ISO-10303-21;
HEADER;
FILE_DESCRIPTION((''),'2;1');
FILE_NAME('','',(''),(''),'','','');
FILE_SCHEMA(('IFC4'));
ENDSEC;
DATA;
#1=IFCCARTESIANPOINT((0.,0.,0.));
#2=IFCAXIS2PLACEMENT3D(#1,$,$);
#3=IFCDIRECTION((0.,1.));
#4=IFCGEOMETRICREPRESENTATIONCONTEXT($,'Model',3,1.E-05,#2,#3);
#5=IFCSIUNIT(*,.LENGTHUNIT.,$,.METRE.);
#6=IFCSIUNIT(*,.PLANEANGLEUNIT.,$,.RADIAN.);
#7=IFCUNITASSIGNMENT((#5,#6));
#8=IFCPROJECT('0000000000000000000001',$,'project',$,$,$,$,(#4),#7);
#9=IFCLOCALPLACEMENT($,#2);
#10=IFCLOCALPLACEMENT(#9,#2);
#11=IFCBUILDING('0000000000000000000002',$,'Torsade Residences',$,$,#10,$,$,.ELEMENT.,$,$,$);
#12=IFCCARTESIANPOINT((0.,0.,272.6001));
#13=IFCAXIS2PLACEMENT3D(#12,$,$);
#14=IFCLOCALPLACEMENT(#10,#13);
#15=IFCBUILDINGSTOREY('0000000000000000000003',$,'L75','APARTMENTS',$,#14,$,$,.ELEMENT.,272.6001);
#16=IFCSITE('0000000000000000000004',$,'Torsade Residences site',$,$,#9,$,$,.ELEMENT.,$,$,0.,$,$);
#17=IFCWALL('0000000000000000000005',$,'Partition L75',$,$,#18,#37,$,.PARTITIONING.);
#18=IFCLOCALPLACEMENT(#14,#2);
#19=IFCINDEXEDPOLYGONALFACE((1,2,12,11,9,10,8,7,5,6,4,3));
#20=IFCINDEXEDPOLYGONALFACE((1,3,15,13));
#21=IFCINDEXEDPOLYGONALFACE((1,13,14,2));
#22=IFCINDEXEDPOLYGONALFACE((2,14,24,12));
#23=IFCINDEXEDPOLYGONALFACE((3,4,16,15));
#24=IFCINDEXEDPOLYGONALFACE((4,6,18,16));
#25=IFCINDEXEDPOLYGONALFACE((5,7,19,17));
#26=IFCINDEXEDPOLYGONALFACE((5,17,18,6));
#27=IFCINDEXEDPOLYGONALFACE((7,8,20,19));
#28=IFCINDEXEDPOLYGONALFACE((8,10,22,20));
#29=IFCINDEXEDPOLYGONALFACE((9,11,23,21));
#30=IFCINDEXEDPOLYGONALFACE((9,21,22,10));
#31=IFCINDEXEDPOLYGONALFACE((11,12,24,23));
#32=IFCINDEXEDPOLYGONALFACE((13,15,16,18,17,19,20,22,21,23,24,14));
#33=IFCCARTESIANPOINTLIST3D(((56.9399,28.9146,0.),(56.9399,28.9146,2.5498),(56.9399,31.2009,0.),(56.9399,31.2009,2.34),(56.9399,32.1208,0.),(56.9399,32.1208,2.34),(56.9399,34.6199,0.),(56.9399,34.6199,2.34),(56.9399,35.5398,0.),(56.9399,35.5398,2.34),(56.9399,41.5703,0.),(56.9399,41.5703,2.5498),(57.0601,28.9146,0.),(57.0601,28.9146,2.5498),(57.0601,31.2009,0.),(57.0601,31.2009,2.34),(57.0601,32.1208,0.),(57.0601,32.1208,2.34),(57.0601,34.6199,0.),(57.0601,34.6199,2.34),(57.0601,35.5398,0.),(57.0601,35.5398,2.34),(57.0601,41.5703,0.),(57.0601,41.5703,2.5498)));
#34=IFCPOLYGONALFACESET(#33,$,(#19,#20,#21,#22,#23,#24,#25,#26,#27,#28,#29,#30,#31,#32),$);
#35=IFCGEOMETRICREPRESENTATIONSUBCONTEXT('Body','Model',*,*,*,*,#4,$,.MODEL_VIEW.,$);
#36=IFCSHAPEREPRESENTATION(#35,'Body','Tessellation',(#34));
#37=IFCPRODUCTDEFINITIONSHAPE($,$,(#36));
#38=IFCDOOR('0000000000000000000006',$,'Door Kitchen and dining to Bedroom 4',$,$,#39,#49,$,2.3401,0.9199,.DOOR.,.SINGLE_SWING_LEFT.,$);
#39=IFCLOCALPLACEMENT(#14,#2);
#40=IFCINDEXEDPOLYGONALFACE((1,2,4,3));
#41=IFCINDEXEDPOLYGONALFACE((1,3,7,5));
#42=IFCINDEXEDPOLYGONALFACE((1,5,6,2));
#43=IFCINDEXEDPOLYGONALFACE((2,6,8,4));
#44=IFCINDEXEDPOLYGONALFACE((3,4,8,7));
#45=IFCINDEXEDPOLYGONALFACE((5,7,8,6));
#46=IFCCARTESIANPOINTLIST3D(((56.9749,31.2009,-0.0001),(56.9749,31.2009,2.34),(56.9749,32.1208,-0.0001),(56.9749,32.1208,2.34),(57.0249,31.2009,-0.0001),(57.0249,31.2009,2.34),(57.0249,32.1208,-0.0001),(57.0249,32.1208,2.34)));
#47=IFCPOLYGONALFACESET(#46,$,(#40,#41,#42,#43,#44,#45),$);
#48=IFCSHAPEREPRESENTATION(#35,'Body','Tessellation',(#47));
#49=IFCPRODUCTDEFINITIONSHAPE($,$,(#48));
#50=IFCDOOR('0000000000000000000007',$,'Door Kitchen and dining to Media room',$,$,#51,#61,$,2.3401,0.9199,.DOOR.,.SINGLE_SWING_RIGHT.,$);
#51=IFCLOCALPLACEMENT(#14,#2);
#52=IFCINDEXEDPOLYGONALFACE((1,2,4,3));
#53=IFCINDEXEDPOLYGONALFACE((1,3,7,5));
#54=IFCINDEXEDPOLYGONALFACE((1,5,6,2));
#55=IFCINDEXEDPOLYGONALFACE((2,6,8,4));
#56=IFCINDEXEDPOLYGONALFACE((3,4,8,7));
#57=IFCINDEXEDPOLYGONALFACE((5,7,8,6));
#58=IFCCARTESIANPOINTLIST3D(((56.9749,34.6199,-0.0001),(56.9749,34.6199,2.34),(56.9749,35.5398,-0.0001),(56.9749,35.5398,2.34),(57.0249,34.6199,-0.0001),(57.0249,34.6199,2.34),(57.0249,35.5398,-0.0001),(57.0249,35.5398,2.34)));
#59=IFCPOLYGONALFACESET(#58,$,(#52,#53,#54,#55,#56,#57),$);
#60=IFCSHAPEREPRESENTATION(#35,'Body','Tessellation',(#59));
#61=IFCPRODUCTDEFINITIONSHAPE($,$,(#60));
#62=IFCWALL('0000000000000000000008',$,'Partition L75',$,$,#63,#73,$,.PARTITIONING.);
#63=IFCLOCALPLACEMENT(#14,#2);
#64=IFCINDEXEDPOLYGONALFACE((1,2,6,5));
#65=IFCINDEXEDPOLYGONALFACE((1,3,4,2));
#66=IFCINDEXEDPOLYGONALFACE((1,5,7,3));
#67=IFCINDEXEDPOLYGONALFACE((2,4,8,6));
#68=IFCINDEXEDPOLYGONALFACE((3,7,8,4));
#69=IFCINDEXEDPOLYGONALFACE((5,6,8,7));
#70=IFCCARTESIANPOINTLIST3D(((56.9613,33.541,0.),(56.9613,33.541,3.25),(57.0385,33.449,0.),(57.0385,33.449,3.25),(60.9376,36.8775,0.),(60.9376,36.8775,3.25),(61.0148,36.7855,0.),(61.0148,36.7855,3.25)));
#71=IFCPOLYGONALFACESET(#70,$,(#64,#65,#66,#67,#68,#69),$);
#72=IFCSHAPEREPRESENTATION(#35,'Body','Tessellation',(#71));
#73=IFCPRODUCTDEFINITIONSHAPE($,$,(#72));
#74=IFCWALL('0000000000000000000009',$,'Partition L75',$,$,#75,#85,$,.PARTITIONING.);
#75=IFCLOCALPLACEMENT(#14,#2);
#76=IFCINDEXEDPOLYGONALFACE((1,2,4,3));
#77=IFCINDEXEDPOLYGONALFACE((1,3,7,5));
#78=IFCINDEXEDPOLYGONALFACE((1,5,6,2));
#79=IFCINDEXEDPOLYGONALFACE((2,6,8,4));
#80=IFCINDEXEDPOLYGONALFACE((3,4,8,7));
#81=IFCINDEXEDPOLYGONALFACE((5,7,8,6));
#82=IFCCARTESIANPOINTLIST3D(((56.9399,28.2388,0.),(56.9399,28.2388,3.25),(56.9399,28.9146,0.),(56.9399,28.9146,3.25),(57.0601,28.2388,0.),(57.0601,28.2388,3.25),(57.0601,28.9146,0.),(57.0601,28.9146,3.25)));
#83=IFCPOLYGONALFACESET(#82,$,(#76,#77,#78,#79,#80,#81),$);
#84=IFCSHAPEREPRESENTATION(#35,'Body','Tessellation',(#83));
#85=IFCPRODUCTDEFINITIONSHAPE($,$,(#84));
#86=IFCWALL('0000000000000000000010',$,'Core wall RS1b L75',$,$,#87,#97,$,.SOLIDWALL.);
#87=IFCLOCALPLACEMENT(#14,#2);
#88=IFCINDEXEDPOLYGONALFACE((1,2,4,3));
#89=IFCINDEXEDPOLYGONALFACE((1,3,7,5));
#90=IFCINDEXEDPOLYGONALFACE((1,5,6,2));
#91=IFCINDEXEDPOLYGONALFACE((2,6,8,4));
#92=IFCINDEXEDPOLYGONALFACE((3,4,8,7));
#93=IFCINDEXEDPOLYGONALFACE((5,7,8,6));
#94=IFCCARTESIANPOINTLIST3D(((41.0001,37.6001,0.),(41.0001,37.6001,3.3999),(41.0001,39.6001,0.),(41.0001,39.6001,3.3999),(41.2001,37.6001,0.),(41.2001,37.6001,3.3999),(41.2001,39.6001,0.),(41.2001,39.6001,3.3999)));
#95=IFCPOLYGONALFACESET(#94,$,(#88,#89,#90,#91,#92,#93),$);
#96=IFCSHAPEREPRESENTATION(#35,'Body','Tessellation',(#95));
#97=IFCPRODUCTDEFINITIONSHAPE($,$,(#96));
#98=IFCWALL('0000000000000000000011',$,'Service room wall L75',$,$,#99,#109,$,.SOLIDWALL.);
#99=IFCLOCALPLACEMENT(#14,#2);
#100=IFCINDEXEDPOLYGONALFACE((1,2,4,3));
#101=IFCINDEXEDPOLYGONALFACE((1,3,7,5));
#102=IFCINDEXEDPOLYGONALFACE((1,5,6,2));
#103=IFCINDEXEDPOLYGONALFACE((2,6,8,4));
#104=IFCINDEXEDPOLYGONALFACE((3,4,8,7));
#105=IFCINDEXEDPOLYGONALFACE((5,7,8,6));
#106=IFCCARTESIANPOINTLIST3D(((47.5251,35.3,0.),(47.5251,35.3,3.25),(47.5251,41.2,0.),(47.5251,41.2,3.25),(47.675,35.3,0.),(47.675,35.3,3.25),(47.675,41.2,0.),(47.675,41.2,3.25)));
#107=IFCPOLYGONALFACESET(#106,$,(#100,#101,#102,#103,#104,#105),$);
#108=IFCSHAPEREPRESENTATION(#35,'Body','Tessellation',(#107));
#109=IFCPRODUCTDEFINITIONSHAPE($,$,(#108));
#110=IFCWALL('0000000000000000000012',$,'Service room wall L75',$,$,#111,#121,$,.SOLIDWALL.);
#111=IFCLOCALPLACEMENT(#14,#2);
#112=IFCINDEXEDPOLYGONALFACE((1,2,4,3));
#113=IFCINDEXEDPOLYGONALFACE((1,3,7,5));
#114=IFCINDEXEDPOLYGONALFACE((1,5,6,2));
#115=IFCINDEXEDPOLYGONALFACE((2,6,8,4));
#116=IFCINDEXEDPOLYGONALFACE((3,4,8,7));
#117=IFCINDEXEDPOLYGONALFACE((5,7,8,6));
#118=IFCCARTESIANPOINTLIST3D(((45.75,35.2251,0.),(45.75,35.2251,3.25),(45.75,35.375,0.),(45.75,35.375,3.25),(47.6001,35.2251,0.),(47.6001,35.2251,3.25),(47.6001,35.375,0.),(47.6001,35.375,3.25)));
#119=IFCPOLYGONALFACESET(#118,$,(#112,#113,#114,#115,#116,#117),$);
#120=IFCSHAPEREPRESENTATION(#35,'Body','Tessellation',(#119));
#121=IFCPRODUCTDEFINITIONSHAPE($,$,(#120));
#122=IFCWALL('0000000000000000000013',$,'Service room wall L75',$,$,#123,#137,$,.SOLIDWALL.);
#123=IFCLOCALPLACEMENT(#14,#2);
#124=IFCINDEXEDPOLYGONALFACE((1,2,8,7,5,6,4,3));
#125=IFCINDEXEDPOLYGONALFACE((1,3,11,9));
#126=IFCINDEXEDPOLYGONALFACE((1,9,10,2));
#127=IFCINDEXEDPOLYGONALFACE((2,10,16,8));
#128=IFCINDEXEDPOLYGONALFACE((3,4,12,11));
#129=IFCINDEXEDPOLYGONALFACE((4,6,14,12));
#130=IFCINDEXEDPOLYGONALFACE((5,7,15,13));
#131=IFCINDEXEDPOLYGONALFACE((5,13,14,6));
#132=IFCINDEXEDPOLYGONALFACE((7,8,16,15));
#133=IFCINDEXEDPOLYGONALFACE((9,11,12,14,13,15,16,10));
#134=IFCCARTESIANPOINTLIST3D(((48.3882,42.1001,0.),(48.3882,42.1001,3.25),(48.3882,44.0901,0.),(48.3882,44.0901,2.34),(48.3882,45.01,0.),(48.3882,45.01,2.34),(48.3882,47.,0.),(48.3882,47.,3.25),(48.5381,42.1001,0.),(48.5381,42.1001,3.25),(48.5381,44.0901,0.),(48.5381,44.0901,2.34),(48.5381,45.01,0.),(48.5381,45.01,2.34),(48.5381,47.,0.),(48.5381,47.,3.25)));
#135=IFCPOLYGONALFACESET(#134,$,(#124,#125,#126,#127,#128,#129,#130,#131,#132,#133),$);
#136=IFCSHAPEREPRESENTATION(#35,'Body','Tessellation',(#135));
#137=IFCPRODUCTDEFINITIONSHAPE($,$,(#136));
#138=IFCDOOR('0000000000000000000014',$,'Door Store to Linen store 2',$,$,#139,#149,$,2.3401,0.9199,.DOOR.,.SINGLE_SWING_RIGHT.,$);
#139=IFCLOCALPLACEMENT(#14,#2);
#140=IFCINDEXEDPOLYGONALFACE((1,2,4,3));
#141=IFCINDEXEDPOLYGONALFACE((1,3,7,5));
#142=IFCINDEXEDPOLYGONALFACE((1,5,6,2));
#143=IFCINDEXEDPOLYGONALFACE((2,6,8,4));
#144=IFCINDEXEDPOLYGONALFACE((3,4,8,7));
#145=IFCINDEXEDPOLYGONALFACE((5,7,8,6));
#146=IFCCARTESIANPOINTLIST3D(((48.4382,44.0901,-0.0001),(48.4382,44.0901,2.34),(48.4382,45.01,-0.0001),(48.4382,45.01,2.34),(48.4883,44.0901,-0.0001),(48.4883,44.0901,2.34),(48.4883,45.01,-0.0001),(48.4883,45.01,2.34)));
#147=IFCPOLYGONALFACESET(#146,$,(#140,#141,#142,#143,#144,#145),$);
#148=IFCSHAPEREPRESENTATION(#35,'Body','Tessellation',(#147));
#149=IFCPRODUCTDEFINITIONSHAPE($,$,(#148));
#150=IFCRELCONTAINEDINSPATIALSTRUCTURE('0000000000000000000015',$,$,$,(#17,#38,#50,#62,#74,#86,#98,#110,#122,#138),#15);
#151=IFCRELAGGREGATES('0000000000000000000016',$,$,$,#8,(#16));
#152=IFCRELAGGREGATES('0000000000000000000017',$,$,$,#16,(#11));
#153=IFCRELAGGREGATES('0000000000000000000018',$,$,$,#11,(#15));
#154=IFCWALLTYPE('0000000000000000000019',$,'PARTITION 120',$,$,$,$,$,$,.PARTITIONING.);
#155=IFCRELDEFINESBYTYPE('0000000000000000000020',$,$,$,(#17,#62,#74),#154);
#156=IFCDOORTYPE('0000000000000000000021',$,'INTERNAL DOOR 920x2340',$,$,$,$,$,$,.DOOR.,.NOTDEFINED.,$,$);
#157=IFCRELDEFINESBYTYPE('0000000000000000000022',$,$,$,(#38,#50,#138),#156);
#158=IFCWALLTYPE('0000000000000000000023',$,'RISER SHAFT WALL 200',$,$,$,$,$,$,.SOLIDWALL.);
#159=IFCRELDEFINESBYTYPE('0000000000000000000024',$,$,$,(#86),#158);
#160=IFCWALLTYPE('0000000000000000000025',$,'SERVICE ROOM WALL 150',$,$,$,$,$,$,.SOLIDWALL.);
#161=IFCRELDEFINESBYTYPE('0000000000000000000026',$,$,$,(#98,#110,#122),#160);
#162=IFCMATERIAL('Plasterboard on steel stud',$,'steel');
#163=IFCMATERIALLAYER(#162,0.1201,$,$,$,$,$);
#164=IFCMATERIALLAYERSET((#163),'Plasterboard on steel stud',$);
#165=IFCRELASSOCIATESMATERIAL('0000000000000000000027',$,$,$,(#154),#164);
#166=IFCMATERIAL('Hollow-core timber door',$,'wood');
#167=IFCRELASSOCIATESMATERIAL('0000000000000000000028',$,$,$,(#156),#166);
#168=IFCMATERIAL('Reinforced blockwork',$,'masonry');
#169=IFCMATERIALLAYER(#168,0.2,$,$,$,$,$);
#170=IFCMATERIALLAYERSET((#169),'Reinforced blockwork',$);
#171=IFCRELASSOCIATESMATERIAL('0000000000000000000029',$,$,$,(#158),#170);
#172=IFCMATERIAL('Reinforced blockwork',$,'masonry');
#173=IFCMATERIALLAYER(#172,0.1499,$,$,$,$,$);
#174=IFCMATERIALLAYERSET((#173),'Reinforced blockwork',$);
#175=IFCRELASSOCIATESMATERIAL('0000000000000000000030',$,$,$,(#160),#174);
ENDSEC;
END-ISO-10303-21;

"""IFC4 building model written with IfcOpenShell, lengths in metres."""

from ifc_helpers import new_model, si_unit, direction, frame, frame_2d, origin, place, context, subcontext, project, spatial, rectangle, extrude, material, layer, layer_set, type_object, element, fill, save


model = new_model("IFC4")

# Units and contexts
model_context = context("Model", 3, precision=1e-05, world=origin(), true_north=direction((0.0, 1.0)))
body_context = subcontext(model_context, "Body", "Model", "MODEL_VIEW")
ifc_project = project(units=[si_unit("LENGTHUNIT", "METRE"), si_unit("PLANEANGLEUNIT", "RADIAN")], contexts=[model_context])

# Site, building, storey
site_placement = place(None, origin())
site = spatial("IfcSite", under=ifc_project, at=site_placement, Name="Torsade Residences site", CompositionType="ELEMENT", RefElevation=0.0)
building_placement = place(site_placement, origin())
building = spatial("IfcBuilding", under=site, at=building_placement, Name="Torsade Residences", CompositionType="ELEMENT")
storey_placement = place(building_placement, frame((0.0, 0.0, 272.6001)))
storey = spatial("IfcBuildingStorey", under=building, at=storey_placement, Name="L75", Description="APARTMENTS", CompositionType="ELEMENT", Elevation=272.6001)

# Shared definitions
ifc_material_1 = material(Name="Plasterboard on steel stud", Category="steel")
ifc_layer_1 = layer(ifc_material_1, 0.1201)
ifc_layer_set_1 = layer_set([ifc_layer_1], Name="Plasterboard on steel stud")
wall_type_1 = type_object("IfcWallType", Name="PARTITION 120", PredefinedType="PARTITIONING", material=ifc_layer_set_1)
ifc_material_2 = material(Name="Hollow-core timber door", Category="wood")
door_type_1 = type_object("IfcDoorType", Name="INTERNAL DOOR 920x2340", OperationType="NOTDEFINED", PredefinedType="DOOR", material=ifc_material_2)

# Wall, openings, doors
wall_1_placement = place(storey_placement, frame((57.0, 41.5703, 0.0), z_axis=(0.0, 0.0, 1.0), x_axis=(0.0, -1.0, 0.0)))
wall_1 = element("IfcWall", 1, at=wall_1_placement, inside=storey, type_object=wall_type_1, Name="Partition L75", PredefinedType="PARTITIONING", context=body_context, shape_type="SweptSolid", body=[
    extrude(rectangle(XDim=12.6558, YDim=0.1201, at=frame_2d((6.3279, 0.0))), origin(), (0.0, 0.0, 1.0), 2.5498),
])
opening_1_placement = place(wall_1_placement, frame((9.4495, 0.0, 0.0)))
opening_1 = element("IfcOpeningElement", 2, at=opening_1_placement, cuts=wall_1, PredefinedType="OPENING", context=body_context, shape_type="SweptSolid", body=[
    extrude(rectangle(XDim=0.9199, YDim=2.3401, at=frame_2d((0.46, 1.1699))), frame((0.0, 0.0701, 0.0), z_axis=(0.0, -1.0, 0.0), x_axis=(1.0, 0.0, 0.0)), (0.0, 0.0, 1.0), 0.1401),
])
opening_2_placement = place(wall_1_placement, frame((6.0305, 0.0, 0.0)))
opening_2 = element("IfcOpeningElement", 3, at=opening_2_placement, cuts=wall_1, PredefinedType="OPENING", context=body_context, shape_type="SweptSolid", body=[
    extrude(rectangle(XDim=0.9199, YDim=2.3401, at=frame_2d((0.46, 1.1699))), frame((0.0, 0.0701, 0.0), z_axis=(0.0, -1.0, 0.0), x_axis=(1.0, 0.0, 0.0)), (0.0, 0.0, 1.0), 0.1401),
])
door_1_placement = place(opening_1_placement, origin())
door_1 = element("IfcDoor", 4, at=door_1_placement, inside=storey, type_object=door_type_1, Name="Door Kitchen and dining to Bedroom 4", OperationType="SINGLE_SWING_LEFT", OverallHeight=2.3401, OverallWidth=0.9199, PredefinedType="DOOR", context=body_context, shape_type="SweptSolid", body=[
    extrude(rectangle(XDim=0.9199, YDim=2.3401, at=frame_2d((0.46, 1.1699))), frame((0.0, 0.0249, 0.0), z_axis=(0.0, -1.0, 0.0), x_axis=(1.0, 0.0, 0.0)), (0.0, 0.0, 1.0), 0.05),
])
fill(opening_1, door_1)
door_2_placement = place(opening_2_placement, origin())
door_2 = element("IfcDoor", 5, at=door_2_placement, inside=storey, type_object=door_type_1, Name="Door Kitchen and dining to Media room", OperationType="SINGLE_SWING_RIGHT", OverallHeight=2.3401, OverallWidth=0.9199, PredefinedType="DOOR", context=body_context, shape_type="SweptSolid", body=[
    extrude(rectangle(XDim=0.9199, YDim=2.3401, at=frame_2d((0.46, 1.1699))), frame((0.0, 0.0249, 0.0), z_axis=(0.0, -1.0, 0.0), x_axis=(1.0, 0.0, 0.0)), (0.0, 0.0, 1.0), 0.05),
])
fill(opening_2, door_2)

# Walls
wall_2_placement = place(storey_placement, frame((57.0, 33.4951, 0.0), z_axis=(0.0, 0.0, 1.0), x_axis=(0.766054, 0.642776, 0.0)))
element("IfcWall", 6, at=wall_2_placement, inside=storey, type_object=wall_type_1, Name="Partition L75", PredefinedType="PARTITIONING", context=body_context, shape_type="SweptSolid", body=[
    extrude(rectangle(XDim=5.1907, YDim=0.1201, at=frame_2d((2.5952, 0.0))), origin(), (0.0, 0.0, 1.0), 3.25),
])
wall_3_placement = place(storey_placement, frame((57.0, 28.9146, 0.0), z_axis=(0.0, 0.0, 1.0), x_axis=(0.0, -1.0, 0.0)))
element("IfcWall", 7, at=wall_3_placement, inside=storey, type_object=wall_type_1, Name="Partition L75", PredefinedType="PARTITIONING", context=body_context, shape_type="SweptSolid", body=[
    extrude(rectangle(XDim=0.6758, YDim=0.1201, at=frame_2d((0.3379, 0.0))), origin(), (0.0, 0.0, 1.0), 3.25),
])
ifc_material_3 = material(Name="Reinforced blockwork", Category="masonry")
ifc_layer_2 = layer(ifc_material_3, 0.2)
ifc_layer_set_2 = layer_set([ifc_layer_2], Name="Reinforced blockwork")
wall_type_2 = type_object("IfcWallType", Name="RISER SHAFT WALL 200", PredefinedType="SOLIDWALL", material=ifc_layer_set_2)
wall_4_placement = place(storey_placement, frame((41.1001, 37.6001, 0.0), z_axis=(0.0, 0.0, 1.0), x_axis=(0.0, 1.0, 0.0)))
element("IfcWall", 8, at=wall_4_placement, inside=storey, type_object=wall_type_2, Name="Core wall RS1b L75", PredefinedType="SOLIDWALL", context=body_context, shape_type="SweptSolid", body=[
    extrude(rectangle(XDim=2.0, YDim=0.2, at=frame_2d((1.0, 0.0))), origin(), (0.0, 0.0, 1.0), 3.3999),
])
ifc_material_4 = material(Name="Reinforced blockwork", Category="masonry")
ifc_layer_3 = layer(ifc_material_4, 0.1499)
ifc_layer_set_3 = layer_set([ifc_layer_3], Name="Reinforced blockwork")
wall_type_3 = type_object("IfcWallType", Name="SERVICE ROOM WALL 150", PredefinedType="SOLIDWALL", material=ifc_layer_set_3)
wall_5_placement = place(storey_placement, frame((47.6001, 41.2, 0.0), z_axis=(0.0, 0.0, 1.0), x_axis=(0.0, -1.0, 0.0)))
element("IfcWall", 9, at=wall_5_placement, inside=storey, type_object=wall_type_3, Name="Service room wall L75", PredefinedType="SOLIDWALL", context=body_context, shape_type="SweptSolid", body=[
    extrude(rectangle(XDim=5.8999, YDim=0.1499, at=frame_2d((2.95, 0.0))), origin(), (0.0, 0.0, 1.0), 3.25),
])
wall_6_placement = place(storey_placement, frame((47.6001, 35.3, 0.0), z_axis=(0.0, 0.0, 1.0), x_axis=(-1.0, 0.0, 0.0)))
element("IfcWall", 10, at=wall_6_placement, inside=storey, type_object=wall_type_3, Name="Service room wall L75", PredefinedType="SOLIDWALL", context=body_context, shape_type="SweptSolid", body=[
    extrude(rectangle(XDim=1.8501, YDim=0.1499, at=frame_2d((0.925, 0.0))), origin(), (0.0, 0.0, 1.0), 3.25),
])

# Wall, opening, door
wall_7_placement = place(storey_placement, frame((48.4631, 42.1001, 0.0), z_axis=(0.0, 0.0, 1.0), x_axis=(0.0, 1.0, 0.0)))
wall_7 = element("IfcWall", 11, at=wall_7_placement, inside=storey, type_object=wall_type_3, Name="Service room wall L75", PredefinedType="SOLIDWALL", context=body_context, shape_type="SweptSolid", body=[
    extrude(rectangle(XDim=4.8999, YDim=0.1499, at=frame_2d((2.45, 0.0))), origin(), (0.0, 0.0, 1.0), 3.25),
])
opening_3_placement = place(wall_7_placement, frame((1.99, 0.0, 0.0)))
opening_3 = element("IfcOpeningElement", 12, at=opening_3_placement, cuts=wall_7, PredefinedType="OPENING", context=body_context, shape_type="SweptSolid", body=[
    extrude(rectangle(XDim=0.9199, YDim=2.3401, at=frame_2d((0.46, 1.1699))), frame((0.0, 0.085, 0.0), z_axis=(0.0, -1.0, 0.0), x_axis=(1.0, 0.0, 0.0)), (0.0, 0.0, 1.0), 0.1699),
])
door_3_placement = place(opening_3_placement, origin())
door_3 = element("IfcDoor", 13, at=door_3_placement, inside=storey, type_object=door_type_1, Name="Door Store to Linen store 2", OperationType="SINGLE_SWING_RIGHT", OverallHeight=2.3401, OverallWidth=0.9199, PredefinedType="DOOR", context=body_context, shape_type="SweptSolid", body=[
    extrude(rectangle(XDim=0.9199, YDim=2.3401, at=frame_2d((0.46, 1.1699))), frame((0.0, 0.0249, 0.0), z_axis=(0.0, -1.0, 0.0), x_axis=(1.0, 0.0, 0.0)), (0.0, 0.0, 1.0), 0.05),
])
fill(opening_3, door_3)

save(model, "model.ifc")
